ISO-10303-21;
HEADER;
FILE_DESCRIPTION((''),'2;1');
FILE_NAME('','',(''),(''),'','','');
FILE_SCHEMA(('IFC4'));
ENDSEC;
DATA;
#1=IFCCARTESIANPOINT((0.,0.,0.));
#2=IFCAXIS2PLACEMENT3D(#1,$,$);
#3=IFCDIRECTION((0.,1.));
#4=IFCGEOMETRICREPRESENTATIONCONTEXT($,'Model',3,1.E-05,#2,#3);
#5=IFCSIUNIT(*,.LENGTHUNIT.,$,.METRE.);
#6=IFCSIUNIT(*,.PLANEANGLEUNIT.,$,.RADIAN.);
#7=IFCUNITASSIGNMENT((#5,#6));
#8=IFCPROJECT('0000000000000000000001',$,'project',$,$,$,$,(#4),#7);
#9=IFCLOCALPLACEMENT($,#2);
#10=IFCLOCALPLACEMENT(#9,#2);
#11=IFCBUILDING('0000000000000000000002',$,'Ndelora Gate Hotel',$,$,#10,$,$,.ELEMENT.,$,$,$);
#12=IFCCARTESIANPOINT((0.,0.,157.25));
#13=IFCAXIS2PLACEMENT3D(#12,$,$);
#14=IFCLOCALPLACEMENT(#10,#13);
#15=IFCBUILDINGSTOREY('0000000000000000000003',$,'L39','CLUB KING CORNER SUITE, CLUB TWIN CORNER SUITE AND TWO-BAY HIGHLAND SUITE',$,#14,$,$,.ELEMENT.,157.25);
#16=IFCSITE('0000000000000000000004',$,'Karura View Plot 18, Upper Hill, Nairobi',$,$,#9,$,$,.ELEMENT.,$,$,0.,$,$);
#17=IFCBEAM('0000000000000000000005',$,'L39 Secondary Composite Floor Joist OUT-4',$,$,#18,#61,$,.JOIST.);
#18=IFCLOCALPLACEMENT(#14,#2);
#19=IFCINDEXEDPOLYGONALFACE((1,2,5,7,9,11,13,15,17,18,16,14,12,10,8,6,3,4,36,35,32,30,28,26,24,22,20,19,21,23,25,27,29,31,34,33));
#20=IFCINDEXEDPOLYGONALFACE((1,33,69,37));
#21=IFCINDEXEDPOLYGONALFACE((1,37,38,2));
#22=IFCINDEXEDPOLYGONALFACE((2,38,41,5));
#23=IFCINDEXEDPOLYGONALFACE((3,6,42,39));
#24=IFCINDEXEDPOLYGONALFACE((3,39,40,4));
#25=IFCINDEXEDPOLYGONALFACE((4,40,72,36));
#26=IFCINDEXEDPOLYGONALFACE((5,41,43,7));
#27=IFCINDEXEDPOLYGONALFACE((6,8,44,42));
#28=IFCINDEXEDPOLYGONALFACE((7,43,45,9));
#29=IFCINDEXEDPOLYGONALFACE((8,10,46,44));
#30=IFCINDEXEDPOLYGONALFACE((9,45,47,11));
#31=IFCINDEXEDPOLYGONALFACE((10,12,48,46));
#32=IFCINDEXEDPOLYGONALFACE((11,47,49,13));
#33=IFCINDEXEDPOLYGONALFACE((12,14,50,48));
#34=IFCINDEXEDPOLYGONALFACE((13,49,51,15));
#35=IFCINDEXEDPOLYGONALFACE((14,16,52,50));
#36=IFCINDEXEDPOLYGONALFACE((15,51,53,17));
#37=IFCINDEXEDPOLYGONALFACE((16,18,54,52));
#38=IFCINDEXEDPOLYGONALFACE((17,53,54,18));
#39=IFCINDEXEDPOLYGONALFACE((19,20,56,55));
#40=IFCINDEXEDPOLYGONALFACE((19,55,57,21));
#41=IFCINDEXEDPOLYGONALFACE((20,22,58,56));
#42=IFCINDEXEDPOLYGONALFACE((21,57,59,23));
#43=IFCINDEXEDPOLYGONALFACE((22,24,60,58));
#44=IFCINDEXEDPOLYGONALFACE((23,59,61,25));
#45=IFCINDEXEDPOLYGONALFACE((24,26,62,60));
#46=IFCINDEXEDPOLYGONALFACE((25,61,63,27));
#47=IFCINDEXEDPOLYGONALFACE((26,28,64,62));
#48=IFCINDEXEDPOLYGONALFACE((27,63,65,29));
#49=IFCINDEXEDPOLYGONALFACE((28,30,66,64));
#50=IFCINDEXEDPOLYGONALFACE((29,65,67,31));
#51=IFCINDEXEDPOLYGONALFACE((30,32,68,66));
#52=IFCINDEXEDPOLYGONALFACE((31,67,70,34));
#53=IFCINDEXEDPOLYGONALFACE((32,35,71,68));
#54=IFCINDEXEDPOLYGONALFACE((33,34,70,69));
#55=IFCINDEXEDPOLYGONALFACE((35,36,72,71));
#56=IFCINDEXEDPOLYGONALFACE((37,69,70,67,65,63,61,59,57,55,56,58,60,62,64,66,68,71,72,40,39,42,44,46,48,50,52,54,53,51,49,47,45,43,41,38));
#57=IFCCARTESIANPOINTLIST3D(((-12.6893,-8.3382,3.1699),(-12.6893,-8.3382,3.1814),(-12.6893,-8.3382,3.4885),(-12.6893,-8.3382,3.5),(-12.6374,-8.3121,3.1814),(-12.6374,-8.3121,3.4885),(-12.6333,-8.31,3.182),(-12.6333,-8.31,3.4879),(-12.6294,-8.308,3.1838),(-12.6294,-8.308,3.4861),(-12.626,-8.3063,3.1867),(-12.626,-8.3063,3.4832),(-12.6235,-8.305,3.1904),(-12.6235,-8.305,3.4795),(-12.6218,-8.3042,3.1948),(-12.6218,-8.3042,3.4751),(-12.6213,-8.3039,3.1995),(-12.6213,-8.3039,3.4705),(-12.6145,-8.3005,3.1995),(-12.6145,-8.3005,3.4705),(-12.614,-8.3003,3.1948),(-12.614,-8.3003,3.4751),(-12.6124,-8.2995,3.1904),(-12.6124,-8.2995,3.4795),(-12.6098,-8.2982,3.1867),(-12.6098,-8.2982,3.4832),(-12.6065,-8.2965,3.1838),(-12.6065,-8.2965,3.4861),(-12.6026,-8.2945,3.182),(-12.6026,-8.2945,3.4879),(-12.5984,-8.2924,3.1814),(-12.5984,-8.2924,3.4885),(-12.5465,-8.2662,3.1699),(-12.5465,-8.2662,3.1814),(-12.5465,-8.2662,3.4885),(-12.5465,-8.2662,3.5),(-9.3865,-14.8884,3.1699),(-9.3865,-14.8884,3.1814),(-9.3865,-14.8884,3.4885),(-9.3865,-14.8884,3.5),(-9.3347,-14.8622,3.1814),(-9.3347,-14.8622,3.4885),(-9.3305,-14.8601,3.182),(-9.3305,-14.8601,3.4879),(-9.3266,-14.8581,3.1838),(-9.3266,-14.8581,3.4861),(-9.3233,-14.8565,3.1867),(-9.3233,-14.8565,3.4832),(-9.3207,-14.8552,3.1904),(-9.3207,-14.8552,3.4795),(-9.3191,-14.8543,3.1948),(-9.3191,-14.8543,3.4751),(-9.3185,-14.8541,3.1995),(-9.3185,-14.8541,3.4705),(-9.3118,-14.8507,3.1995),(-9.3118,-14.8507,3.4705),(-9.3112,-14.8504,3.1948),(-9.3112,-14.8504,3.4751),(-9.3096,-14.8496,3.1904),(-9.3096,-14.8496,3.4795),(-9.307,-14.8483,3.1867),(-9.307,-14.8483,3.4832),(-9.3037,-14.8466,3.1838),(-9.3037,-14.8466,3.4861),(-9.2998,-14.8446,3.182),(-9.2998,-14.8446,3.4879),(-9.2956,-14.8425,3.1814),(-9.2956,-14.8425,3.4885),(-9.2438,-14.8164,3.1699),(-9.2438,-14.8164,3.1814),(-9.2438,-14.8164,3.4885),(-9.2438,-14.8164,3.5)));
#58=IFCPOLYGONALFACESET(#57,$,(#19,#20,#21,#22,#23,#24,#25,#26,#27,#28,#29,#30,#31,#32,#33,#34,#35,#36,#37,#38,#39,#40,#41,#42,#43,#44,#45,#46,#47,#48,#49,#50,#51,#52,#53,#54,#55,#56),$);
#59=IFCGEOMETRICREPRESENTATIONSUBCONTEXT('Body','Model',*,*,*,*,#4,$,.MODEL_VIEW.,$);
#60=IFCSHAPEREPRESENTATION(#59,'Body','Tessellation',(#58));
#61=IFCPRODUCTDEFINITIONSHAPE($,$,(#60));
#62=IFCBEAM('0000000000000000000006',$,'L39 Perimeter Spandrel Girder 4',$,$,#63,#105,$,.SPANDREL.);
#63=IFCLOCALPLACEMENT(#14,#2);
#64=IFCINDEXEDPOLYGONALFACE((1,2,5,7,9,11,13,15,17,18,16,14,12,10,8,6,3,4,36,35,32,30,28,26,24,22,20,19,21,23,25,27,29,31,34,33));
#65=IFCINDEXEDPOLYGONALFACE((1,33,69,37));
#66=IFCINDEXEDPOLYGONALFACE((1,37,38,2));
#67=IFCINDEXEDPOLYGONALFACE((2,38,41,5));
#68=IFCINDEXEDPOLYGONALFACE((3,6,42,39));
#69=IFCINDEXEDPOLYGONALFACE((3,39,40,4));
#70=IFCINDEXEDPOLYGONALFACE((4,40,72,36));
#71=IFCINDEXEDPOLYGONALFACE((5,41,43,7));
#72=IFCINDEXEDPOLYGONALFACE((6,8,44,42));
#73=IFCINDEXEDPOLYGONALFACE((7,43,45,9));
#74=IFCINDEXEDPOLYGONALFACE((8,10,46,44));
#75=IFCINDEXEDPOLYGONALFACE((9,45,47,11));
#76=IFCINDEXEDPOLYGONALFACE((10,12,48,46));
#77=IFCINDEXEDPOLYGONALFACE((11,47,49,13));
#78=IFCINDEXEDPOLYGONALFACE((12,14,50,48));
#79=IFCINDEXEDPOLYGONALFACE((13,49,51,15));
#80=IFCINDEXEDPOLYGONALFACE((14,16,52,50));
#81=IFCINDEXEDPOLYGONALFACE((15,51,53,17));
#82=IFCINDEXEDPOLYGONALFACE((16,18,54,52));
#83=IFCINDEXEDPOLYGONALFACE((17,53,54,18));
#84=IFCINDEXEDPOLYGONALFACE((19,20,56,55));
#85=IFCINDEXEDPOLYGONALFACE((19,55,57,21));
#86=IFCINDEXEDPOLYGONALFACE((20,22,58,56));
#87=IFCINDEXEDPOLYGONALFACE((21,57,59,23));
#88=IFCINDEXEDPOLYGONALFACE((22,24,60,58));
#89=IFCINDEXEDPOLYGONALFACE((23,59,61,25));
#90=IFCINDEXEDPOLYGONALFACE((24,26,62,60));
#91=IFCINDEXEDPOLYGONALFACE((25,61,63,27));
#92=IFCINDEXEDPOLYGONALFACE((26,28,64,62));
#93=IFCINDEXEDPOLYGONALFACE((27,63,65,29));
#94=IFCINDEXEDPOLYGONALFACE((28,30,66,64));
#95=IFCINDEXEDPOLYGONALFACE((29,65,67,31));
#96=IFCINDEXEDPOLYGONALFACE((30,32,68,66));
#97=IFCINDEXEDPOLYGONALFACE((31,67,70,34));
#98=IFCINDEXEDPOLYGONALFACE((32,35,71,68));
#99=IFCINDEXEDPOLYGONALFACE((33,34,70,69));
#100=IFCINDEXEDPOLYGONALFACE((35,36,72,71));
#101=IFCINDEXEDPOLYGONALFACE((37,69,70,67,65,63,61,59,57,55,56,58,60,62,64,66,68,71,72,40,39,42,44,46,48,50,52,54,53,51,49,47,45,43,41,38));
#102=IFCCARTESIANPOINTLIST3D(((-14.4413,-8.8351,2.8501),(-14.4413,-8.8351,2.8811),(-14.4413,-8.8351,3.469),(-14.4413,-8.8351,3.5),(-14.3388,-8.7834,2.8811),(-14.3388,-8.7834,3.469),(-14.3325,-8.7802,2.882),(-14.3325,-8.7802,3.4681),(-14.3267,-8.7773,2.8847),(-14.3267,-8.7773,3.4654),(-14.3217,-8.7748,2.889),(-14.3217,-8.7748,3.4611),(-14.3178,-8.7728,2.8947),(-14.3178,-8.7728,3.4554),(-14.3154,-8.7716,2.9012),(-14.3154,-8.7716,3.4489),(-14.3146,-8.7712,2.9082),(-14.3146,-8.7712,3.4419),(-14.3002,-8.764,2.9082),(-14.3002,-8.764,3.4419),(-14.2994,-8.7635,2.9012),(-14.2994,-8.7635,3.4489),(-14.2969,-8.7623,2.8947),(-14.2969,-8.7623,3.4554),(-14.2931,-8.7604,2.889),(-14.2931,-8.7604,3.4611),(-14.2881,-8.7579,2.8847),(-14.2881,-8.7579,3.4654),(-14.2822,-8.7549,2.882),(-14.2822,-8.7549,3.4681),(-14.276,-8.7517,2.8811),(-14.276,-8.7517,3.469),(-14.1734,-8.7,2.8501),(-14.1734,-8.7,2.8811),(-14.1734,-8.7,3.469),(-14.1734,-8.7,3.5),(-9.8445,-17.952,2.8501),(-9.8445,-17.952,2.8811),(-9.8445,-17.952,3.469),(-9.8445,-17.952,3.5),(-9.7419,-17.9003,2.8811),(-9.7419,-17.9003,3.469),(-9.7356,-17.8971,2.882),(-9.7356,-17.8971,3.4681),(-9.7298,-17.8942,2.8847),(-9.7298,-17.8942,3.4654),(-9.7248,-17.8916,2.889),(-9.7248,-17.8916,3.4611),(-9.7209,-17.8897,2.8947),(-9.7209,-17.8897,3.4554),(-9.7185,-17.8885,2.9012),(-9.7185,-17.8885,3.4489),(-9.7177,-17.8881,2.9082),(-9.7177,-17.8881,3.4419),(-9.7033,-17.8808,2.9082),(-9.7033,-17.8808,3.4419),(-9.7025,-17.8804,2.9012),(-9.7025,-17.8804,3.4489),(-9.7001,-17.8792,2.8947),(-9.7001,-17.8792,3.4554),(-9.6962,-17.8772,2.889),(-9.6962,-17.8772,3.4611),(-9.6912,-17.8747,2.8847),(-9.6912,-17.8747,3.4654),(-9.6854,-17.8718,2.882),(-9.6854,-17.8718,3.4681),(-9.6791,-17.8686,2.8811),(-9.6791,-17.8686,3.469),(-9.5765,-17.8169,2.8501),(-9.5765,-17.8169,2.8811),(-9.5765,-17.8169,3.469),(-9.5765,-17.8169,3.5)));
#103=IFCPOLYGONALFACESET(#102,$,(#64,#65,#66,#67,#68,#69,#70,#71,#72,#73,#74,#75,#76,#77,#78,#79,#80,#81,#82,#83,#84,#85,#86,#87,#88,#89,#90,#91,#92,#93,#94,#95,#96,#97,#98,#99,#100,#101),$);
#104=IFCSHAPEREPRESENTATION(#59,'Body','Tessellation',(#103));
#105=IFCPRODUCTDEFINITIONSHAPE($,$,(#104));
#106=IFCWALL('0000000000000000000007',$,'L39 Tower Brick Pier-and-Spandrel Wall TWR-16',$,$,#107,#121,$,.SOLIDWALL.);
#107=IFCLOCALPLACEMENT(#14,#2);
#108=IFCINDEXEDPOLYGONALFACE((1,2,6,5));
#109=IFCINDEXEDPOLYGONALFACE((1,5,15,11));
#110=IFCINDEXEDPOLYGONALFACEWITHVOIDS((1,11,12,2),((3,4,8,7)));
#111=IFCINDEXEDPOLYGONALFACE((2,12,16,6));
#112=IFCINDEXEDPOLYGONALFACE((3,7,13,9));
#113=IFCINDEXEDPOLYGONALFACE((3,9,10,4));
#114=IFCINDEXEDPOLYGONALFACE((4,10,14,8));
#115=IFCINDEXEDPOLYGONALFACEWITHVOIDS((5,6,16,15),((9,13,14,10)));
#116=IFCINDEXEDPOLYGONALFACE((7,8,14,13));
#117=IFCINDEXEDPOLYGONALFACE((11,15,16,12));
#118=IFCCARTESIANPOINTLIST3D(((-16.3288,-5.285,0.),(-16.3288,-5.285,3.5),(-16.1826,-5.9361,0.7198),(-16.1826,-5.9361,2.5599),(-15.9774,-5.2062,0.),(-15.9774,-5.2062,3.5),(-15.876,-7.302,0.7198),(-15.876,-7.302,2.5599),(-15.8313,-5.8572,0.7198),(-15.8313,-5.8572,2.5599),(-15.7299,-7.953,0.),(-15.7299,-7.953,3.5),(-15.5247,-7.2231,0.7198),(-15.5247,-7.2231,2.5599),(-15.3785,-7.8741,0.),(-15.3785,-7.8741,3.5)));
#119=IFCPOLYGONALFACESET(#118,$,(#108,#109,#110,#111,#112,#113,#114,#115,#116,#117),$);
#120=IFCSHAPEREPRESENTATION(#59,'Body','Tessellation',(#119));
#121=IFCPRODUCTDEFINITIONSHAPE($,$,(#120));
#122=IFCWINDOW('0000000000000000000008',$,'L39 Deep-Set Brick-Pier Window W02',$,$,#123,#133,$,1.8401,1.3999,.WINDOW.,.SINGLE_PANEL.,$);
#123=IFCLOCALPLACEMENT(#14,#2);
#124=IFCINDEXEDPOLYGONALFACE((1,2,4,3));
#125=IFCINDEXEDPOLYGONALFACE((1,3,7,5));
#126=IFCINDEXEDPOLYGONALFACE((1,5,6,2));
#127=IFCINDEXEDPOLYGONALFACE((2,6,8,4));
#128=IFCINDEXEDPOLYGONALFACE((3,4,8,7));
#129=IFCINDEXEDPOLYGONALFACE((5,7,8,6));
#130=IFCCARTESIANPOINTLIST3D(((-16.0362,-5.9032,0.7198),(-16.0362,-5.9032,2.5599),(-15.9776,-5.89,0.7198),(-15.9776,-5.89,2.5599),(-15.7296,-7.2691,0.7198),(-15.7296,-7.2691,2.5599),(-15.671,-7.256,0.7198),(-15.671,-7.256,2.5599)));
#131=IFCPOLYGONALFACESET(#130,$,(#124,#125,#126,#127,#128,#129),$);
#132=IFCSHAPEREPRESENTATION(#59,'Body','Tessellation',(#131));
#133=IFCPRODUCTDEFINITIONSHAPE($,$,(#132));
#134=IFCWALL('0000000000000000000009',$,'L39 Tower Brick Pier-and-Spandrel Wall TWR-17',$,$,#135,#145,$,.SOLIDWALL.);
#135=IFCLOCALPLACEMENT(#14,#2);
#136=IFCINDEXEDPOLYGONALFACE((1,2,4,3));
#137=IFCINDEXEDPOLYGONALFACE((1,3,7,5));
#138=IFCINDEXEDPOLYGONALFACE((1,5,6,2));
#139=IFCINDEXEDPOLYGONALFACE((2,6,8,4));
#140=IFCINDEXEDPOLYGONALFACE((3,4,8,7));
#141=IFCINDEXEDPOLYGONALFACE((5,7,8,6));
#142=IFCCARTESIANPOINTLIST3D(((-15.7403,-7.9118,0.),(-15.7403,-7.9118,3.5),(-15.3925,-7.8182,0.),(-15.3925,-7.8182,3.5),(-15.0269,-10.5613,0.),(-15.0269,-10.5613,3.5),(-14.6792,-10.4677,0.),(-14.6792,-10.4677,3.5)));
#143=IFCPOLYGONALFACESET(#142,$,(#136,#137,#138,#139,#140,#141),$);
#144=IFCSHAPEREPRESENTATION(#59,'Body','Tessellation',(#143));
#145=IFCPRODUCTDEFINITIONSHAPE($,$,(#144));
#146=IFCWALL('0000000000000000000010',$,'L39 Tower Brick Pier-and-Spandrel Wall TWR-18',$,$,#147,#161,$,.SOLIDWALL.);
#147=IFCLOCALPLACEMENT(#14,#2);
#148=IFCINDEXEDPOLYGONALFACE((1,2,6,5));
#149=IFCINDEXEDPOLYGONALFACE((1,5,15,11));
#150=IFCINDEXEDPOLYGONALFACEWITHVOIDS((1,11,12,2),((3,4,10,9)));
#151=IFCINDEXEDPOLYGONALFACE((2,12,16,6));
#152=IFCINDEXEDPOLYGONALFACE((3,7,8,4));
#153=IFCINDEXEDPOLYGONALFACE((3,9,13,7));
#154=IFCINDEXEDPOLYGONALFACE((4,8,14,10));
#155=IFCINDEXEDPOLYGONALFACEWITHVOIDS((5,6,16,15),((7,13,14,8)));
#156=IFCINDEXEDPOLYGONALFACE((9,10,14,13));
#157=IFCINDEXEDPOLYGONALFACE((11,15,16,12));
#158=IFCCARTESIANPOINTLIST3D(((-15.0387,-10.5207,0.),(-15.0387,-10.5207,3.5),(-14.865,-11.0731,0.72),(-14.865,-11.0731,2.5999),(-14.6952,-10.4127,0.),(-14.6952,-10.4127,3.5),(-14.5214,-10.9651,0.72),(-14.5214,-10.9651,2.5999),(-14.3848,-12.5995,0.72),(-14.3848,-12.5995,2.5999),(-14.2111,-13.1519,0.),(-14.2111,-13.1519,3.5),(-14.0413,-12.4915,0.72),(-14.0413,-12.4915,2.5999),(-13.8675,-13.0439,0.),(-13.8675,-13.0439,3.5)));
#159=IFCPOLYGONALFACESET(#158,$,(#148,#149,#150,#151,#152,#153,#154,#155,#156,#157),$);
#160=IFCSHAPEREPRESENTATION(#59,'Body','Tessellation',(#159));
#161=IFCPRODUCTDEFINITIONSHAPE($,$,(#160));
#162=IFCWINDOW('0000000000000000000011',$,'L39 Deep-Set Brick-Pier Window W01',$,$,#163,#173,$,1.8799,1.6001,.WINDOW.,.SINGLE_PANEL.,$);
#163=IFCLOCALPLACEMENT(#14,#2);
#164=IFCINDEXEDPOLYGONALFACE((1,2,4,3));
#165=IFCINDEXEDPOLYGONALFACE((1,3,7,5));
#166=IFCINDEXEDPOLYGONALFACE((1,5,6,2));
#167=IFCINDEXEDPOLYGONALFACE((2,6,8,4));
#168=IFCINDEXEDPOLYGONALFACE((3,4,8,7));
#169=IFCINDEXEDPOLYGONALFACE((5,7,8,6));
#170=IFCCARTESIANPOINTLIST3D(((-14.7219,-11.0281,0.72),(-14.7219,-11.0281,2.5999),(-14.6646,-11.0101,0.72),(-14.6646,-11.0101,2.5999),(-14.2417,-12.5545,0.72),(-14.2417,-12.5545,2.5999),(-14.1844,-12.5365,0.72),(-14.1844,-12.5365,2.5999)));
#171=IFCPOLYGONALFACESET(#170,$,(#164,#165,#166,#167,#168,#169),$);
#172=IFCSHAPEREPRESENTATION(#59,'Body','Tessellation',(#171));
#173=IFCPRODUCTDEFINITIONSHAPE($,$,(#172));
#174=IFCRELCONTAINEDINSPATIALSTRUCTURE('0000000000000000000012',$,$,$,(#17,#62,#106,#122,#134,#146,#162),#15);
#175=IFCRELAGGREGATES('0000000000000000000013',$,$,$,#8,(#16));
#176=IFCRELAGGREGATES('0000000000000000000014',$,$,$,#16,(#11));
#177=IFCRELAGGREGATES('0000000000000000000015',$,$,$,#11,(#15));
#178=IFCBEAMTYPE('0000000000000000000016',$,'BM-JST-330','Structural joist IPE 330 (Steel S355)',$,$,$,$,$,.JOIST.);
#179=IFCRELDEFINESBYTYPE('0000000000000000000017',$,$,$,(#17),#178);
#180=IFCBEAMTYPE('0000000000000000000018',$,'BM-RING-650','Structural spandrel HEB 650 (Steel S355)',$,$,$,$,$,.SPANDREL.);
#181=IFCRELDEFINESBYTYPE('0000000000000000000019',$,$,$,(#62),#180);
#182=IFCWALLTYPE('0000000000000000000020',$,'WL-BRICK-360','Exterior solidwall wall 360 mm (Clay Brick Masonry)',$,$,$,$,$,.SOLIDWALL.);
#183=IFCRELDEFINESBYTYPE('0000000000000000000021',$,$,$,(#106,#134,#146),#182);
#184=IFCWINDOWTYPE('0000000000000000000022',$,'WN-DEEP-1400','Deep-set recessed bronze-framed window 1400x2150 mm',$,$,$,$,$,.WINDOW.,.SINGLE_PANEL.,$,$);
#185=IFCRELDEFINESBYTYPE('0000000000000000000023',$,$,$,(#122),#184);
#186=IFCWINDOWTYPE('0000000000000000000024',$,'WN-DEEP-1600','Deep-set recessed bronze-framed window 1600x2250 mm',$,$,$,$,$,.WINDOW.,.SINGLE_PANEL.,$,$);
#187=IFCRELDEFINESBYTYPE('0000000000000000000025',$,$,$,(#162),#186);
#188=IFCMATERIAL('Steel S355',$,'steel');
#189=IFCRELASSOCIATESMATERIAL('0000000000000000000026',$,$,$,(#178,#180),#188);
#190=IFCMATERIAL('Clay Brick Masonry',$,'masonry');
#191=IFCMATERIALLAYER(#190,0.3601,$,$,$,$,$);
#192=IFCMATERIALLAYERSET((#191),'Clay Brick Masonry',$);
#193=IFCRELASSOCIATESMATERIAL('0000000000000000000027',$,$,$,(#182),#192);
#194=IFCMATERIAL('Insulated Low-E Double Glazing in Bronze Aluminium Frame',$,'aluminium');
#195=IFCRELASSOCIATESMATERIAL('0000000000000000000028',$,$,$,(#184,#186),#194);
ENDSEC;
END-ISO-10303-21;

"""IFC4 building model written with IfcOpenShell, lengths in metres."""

from ifc_helpers import new_model, si_unit, direction, frame, frame_2d, origin, origin_2d, place, context, subcontext, project, spatial, rectangle, i_section, extrude, material, layer, layer_set, material_profile, profile_set, type_object, element, fill, save


model = new_model("IFC4")

# Units and contexts
model_context = context("Model", 3, precision=1e-05, world=origin(), true_north=direction((0.0, 1.0)))
body_context = subcontext(model_context, "Body", "Model", "MODEL_VIEW")
ifc_project = project(units=[si_unit("LENGTHUNIT", "METRE"), si_unit("PLANEANGLEUNIT", "RADIAN")], contexts=[model_context])

# Site, building, storey
site_placement = place(None, origin())
site = spatial("IfcSite", under=ifc_project, at=site_placement, Name="Karura View Plot 18, Upper Hill, Nairobi", CompositionType="ELEMENT", RefElevation=0.0)
building_placement = place(site_placement, origin())
building = spatial("IfcBuilding", under=site, at=building_placement, Name="Ndelora Gate Hotel", CompositionType="ELEMENT")
storey_placement = place(building_placement, frame((0.0, 0.0, 157.25)))
storey = spatial("IfcBuildingStorey", under=building, at=storey_placement, Name="L39", Description="CLUB KING CORNER SUITE, CLUB TWIN CORNER SUITE AND TWO-BAY HIGHLAND SUITE", CompositionType="ELEMENT", Elevation=157.25)

# Beams
ifc_material_1 = material(Name="Steel S355", Category="steel")
ifc_material_profile_1 = material_profile(ifc_material_1, i_section(OverallWidth=0.1599, OverallDepth=0.3301, WebThickness=0.0076, FlangeThickness=0.0115, FilletRadius=0.0181, at=origin_2d()), Name="IPE 330")
ifc_profile_set_1 = profile_set([ifc_material_profile_1], Name="Steel S355")
beam_type_1 = type_object("IfcBeamType", Name="BM-JST-330", Description="Structural joist IPE 330 (Steel S355)", PredefinedType="JOIST", material=ifc_profile_set_1)
beam_1_placement = place(storey_placement, frame((-12.6179, -8.3022, 3.335), z_axis=(0.450233, -0.892911, 0.0), x_axis=(0.892911, 0.450233, 0.0)))
element("IfcBeam", 1, at=beam_1_placement, inside=storey, type_object=beam_type_1, Name="L39 Secondary Composite Floor Joist OUT-4", PredefinedType="JOIST", context=body_context, shape_type="SweptSolid", body=[
    extrude(i_section(OverallWidth=0.1599, OverallDepth=0.3301, WebThickness=0.0076, FlangeThickness=0.0115, FilletRadius=0.0181, at=origin_2d()), origin(), (0.0, 0.0, 1.0), 7.3357),
])
ifc_material_profile_2 = material_profile(ifc_material_1, i_section(OverallWidth=0.3, OverallDepth=0.6499, WebThickness=0.0161, FlangeThickness=0.031, FilletRadius=0.0271, at=origin_2d()), Name="HEB 650")
ifc_profile_set_2 = profile_set([ifc_material_profile_2], Name="Steel S355")
beam_type_2 = type_object("IfcBeamType", Name="BM-RING-650", Description="Structural spandrel HEB 650 (Steel S355)", PredefinedType="SPANDREL", material=ifc_profile_set_2)
beam_2_placement = place(storey_placement, frame((-14.3074, -8.7676, 3.175), z_axis=(0.450224, -0.892916, 0.0), x_axis=(0.892916, 0.450224, 0.0)))
element("IfcBeam", 2, at=beam_2_placement, inside=storey, type_object=beam_type_2, Name="L39 Perimeter Spandrel Girder 4", PredefinedType="SPANDREL", context=body_context, shape_type="SweptSolid", body=[
    extrude(i_section(OverallWidth=0.3, OverallDepth=0.6499, WebThickness=0.0161, FlangeThickness=0.031, FilletRadius=0.0271, at=origin_2d()), origin(), (0.0, 0.0, 1.0), 10.2102),
])

# Wall, opening, window
ifc_material_2 = material(Name="Clay Brick Masonry", Category="masonry")
ifc_layer_1 = layer(ifc_material_2, 0.3601)
ifc_layer_set_1 = layer_set([ifc_layer_1], Name="Clay Brick Masonry")
wall_type_1 = type_object("IfcWallType", Name="WL-BRICK-360", Description="Exterior solidwall wall 360 mm (Clay Brick Masonry)", PredefinedType="SOLIDWALL", material=ifc_layer_set_1)
wall_1_placement = place(storey_placement, frame((-15.5542, -7.9136, 0.0), z_axis=(0.0, 0.0, 1.0), x_axis=(-0.219019, 0.975721, 0.0)))
wall_1 = element("IfcWall", 3, at=wall_1_placement, inside=storey, type_object=wall_type_1, Name="L39 Tower Brick Pier-and-Spandrel Wall TWR-16", PredefinedType="SOLIDWALL", context=body_context, shape_type="SweptSolid", body=[
    extrude(rectangle(XDim=2.7344, YDim=0.3601, at=frame_2d((1.3672, 0.0))), origin(), (0.0, 0.0, 1.0), 3.5),
])
opening_1_placement = place(wall_1_placement, frame((0.6672, 0.0, 0.72)))
opening_1 = element("IfcOpeningElement", 4, at=opening_1_placement, cuts=wall_1, PredefinedType="OPENING", context=body_context, shape_type="SweptSolid", body=[
    extrude(rectangle(XDim=1.3999, YDim=1.8401, at=frame_2d((0.7, 0.9199))), frame((0.0, 0.1899, 0.0), z_axis=(0.0, -1.0, 0.0), x_axis=(1.0, 0.0, 0.0)), (0.0, 0.0, 1.0), 0.3801),
])
ifc_material_3 = material(Name="Insulated Low-E Double Glazing in Bronze Aluminium Frame", Category="aluminium")
window_type_1 = type_object("IfcWindowType", Name="WN-DEEP-1400", Description="Deep-set recessed bronze-framed window 1400x2150 mm", PartitioningType="SINGLE_PANEL", PredefinedType="WINDOW", material=ifc_material_3)
window_1_placement = place(opening_1_placement, origin())
window_1 = element("IfcWindow", 5, at=window_1_placement, inside=storey, type_object=window_type_1, Name="L39 Deep-Set Brick-Pier Window W02", OverallHeight=1.8401, OverallWidth=1.3999, PartitioningType="SINGLE_PANEL", PredefinedType="WINDOW", context=body_context, shape_type="SweptSolid", body=[
    extrude(rectangle(XDim=1.3999, YDim=1.8401, at=frame_2d((0.7, 0.9199))), frame((0.0, 0.03, 0.0), z_axis=(0.0, -1.0, 0.0), x_axis=(1.0, 0.0, 0.0)), (0.0, 0.0, 1.0), 0.0601),
])
fill(opening_1, window_1)

# Wall
wall_2_placement = place(storey_placement, frame((-14.853, -10.5146, 0.0), z_axis=(0.0, 0.0, 1.0), x_axis=(-0.259977, 0.965615, 0.0)))
element("IfcWall", 6, at=wall_2_placement, inside=storey, type_object=wall_type_1, Name="L39 Tower Brick Pier-and-Spandrel Wall TWR-17", PredefinedType="SOLIDWALL", context=body_context, shape_type="SweptSolid", body=[
    extrude(rectangle(XDim=2.7439, YDim=0.3601, at=frame_2d((1.3721, 0.0))), origin(), (0.0, 0.0, 1.0), 3.5),
])

# Wall, opening, window
wall_3_placement = place(storey_placement, frame((-14.0393, -13.0979, 0.0), z_axis=(0.0, 0.0, 1.0), x_axis=(-0.300064, 0.953919, 0.0)))
wall_3 = element("IfcWall", 7, at=wall_3_placement, inside=storey, type_object=wall_type_1, Name="L39 Tower Brick Pier-and-Spandrel Wall TWR-18", PredefinedType="SOLIDWALL", context=body_context, shape_type="SweptSolid", body=[
    extrude(rectangle(XDim=2.7583, YDim=0.3601, at=frame_2d((1.3792, 0.0))), origin(), (0.0, 0.0, 1.0), 3.5),
])
opening_2_placement = place(wall_3_placement, frame((0.5791, 0.0, 0.72)))
opening_2 = element("IfcOpeningElement", 8, at=opening_2_placement, cuts=wall_3, PredefinedType="OPENING", context=body_context, shape_type="SweptSolid", body=[
    extrude(rectangle(XDim=1.6001, YDim=1.8799, at=frame_2d((0.8, 0.9399))), frame((0.0, 0.1899, 0.0), z_axis=(0.0, -1.0, 0.0), x_axis=(1.0, 0.0, 0.0)), (0.0, 0.0, 1.0), 0.3801),
])
window_type_2 = type_object("IfcWindowType", Name="WN-DEEP-1600", Description="Deep-set recessed bronze-framed window 1600x2250 mm", PartitioningType="SINGLE_PANEL", PredefinedType="WINDOW", material=ifc_material_3)
window_2_placement = place(opening_2_placement, origin())
window_2 = element("IfcWindow", 9, at=window_2_placement, inside=storey, type_object=window_type_2, Name="L39 Deep-Set Brick-Pier Window W01", OverallHeight=1.8799, OverallWidth=1.6001, PartitioningType="SINGLE_PANEL", PredefinedType="WINDOW", context=body_context, shape_type="SweptSolid", body=[
    extrude(rectangle(XDim=1.6001, YDim=1.8799, at=frame_2d((0.8, 0.9399))), frame((0.0, 0.03, 0.0), z_axis=(0.0, -1.0, 0.0), x_axis=(1.0, 0.0, 0.0)), (0.0, 0.0, 1.0), 0.0601),
])
fill(opening_2, window_2)

save(model, "model.ifc")
